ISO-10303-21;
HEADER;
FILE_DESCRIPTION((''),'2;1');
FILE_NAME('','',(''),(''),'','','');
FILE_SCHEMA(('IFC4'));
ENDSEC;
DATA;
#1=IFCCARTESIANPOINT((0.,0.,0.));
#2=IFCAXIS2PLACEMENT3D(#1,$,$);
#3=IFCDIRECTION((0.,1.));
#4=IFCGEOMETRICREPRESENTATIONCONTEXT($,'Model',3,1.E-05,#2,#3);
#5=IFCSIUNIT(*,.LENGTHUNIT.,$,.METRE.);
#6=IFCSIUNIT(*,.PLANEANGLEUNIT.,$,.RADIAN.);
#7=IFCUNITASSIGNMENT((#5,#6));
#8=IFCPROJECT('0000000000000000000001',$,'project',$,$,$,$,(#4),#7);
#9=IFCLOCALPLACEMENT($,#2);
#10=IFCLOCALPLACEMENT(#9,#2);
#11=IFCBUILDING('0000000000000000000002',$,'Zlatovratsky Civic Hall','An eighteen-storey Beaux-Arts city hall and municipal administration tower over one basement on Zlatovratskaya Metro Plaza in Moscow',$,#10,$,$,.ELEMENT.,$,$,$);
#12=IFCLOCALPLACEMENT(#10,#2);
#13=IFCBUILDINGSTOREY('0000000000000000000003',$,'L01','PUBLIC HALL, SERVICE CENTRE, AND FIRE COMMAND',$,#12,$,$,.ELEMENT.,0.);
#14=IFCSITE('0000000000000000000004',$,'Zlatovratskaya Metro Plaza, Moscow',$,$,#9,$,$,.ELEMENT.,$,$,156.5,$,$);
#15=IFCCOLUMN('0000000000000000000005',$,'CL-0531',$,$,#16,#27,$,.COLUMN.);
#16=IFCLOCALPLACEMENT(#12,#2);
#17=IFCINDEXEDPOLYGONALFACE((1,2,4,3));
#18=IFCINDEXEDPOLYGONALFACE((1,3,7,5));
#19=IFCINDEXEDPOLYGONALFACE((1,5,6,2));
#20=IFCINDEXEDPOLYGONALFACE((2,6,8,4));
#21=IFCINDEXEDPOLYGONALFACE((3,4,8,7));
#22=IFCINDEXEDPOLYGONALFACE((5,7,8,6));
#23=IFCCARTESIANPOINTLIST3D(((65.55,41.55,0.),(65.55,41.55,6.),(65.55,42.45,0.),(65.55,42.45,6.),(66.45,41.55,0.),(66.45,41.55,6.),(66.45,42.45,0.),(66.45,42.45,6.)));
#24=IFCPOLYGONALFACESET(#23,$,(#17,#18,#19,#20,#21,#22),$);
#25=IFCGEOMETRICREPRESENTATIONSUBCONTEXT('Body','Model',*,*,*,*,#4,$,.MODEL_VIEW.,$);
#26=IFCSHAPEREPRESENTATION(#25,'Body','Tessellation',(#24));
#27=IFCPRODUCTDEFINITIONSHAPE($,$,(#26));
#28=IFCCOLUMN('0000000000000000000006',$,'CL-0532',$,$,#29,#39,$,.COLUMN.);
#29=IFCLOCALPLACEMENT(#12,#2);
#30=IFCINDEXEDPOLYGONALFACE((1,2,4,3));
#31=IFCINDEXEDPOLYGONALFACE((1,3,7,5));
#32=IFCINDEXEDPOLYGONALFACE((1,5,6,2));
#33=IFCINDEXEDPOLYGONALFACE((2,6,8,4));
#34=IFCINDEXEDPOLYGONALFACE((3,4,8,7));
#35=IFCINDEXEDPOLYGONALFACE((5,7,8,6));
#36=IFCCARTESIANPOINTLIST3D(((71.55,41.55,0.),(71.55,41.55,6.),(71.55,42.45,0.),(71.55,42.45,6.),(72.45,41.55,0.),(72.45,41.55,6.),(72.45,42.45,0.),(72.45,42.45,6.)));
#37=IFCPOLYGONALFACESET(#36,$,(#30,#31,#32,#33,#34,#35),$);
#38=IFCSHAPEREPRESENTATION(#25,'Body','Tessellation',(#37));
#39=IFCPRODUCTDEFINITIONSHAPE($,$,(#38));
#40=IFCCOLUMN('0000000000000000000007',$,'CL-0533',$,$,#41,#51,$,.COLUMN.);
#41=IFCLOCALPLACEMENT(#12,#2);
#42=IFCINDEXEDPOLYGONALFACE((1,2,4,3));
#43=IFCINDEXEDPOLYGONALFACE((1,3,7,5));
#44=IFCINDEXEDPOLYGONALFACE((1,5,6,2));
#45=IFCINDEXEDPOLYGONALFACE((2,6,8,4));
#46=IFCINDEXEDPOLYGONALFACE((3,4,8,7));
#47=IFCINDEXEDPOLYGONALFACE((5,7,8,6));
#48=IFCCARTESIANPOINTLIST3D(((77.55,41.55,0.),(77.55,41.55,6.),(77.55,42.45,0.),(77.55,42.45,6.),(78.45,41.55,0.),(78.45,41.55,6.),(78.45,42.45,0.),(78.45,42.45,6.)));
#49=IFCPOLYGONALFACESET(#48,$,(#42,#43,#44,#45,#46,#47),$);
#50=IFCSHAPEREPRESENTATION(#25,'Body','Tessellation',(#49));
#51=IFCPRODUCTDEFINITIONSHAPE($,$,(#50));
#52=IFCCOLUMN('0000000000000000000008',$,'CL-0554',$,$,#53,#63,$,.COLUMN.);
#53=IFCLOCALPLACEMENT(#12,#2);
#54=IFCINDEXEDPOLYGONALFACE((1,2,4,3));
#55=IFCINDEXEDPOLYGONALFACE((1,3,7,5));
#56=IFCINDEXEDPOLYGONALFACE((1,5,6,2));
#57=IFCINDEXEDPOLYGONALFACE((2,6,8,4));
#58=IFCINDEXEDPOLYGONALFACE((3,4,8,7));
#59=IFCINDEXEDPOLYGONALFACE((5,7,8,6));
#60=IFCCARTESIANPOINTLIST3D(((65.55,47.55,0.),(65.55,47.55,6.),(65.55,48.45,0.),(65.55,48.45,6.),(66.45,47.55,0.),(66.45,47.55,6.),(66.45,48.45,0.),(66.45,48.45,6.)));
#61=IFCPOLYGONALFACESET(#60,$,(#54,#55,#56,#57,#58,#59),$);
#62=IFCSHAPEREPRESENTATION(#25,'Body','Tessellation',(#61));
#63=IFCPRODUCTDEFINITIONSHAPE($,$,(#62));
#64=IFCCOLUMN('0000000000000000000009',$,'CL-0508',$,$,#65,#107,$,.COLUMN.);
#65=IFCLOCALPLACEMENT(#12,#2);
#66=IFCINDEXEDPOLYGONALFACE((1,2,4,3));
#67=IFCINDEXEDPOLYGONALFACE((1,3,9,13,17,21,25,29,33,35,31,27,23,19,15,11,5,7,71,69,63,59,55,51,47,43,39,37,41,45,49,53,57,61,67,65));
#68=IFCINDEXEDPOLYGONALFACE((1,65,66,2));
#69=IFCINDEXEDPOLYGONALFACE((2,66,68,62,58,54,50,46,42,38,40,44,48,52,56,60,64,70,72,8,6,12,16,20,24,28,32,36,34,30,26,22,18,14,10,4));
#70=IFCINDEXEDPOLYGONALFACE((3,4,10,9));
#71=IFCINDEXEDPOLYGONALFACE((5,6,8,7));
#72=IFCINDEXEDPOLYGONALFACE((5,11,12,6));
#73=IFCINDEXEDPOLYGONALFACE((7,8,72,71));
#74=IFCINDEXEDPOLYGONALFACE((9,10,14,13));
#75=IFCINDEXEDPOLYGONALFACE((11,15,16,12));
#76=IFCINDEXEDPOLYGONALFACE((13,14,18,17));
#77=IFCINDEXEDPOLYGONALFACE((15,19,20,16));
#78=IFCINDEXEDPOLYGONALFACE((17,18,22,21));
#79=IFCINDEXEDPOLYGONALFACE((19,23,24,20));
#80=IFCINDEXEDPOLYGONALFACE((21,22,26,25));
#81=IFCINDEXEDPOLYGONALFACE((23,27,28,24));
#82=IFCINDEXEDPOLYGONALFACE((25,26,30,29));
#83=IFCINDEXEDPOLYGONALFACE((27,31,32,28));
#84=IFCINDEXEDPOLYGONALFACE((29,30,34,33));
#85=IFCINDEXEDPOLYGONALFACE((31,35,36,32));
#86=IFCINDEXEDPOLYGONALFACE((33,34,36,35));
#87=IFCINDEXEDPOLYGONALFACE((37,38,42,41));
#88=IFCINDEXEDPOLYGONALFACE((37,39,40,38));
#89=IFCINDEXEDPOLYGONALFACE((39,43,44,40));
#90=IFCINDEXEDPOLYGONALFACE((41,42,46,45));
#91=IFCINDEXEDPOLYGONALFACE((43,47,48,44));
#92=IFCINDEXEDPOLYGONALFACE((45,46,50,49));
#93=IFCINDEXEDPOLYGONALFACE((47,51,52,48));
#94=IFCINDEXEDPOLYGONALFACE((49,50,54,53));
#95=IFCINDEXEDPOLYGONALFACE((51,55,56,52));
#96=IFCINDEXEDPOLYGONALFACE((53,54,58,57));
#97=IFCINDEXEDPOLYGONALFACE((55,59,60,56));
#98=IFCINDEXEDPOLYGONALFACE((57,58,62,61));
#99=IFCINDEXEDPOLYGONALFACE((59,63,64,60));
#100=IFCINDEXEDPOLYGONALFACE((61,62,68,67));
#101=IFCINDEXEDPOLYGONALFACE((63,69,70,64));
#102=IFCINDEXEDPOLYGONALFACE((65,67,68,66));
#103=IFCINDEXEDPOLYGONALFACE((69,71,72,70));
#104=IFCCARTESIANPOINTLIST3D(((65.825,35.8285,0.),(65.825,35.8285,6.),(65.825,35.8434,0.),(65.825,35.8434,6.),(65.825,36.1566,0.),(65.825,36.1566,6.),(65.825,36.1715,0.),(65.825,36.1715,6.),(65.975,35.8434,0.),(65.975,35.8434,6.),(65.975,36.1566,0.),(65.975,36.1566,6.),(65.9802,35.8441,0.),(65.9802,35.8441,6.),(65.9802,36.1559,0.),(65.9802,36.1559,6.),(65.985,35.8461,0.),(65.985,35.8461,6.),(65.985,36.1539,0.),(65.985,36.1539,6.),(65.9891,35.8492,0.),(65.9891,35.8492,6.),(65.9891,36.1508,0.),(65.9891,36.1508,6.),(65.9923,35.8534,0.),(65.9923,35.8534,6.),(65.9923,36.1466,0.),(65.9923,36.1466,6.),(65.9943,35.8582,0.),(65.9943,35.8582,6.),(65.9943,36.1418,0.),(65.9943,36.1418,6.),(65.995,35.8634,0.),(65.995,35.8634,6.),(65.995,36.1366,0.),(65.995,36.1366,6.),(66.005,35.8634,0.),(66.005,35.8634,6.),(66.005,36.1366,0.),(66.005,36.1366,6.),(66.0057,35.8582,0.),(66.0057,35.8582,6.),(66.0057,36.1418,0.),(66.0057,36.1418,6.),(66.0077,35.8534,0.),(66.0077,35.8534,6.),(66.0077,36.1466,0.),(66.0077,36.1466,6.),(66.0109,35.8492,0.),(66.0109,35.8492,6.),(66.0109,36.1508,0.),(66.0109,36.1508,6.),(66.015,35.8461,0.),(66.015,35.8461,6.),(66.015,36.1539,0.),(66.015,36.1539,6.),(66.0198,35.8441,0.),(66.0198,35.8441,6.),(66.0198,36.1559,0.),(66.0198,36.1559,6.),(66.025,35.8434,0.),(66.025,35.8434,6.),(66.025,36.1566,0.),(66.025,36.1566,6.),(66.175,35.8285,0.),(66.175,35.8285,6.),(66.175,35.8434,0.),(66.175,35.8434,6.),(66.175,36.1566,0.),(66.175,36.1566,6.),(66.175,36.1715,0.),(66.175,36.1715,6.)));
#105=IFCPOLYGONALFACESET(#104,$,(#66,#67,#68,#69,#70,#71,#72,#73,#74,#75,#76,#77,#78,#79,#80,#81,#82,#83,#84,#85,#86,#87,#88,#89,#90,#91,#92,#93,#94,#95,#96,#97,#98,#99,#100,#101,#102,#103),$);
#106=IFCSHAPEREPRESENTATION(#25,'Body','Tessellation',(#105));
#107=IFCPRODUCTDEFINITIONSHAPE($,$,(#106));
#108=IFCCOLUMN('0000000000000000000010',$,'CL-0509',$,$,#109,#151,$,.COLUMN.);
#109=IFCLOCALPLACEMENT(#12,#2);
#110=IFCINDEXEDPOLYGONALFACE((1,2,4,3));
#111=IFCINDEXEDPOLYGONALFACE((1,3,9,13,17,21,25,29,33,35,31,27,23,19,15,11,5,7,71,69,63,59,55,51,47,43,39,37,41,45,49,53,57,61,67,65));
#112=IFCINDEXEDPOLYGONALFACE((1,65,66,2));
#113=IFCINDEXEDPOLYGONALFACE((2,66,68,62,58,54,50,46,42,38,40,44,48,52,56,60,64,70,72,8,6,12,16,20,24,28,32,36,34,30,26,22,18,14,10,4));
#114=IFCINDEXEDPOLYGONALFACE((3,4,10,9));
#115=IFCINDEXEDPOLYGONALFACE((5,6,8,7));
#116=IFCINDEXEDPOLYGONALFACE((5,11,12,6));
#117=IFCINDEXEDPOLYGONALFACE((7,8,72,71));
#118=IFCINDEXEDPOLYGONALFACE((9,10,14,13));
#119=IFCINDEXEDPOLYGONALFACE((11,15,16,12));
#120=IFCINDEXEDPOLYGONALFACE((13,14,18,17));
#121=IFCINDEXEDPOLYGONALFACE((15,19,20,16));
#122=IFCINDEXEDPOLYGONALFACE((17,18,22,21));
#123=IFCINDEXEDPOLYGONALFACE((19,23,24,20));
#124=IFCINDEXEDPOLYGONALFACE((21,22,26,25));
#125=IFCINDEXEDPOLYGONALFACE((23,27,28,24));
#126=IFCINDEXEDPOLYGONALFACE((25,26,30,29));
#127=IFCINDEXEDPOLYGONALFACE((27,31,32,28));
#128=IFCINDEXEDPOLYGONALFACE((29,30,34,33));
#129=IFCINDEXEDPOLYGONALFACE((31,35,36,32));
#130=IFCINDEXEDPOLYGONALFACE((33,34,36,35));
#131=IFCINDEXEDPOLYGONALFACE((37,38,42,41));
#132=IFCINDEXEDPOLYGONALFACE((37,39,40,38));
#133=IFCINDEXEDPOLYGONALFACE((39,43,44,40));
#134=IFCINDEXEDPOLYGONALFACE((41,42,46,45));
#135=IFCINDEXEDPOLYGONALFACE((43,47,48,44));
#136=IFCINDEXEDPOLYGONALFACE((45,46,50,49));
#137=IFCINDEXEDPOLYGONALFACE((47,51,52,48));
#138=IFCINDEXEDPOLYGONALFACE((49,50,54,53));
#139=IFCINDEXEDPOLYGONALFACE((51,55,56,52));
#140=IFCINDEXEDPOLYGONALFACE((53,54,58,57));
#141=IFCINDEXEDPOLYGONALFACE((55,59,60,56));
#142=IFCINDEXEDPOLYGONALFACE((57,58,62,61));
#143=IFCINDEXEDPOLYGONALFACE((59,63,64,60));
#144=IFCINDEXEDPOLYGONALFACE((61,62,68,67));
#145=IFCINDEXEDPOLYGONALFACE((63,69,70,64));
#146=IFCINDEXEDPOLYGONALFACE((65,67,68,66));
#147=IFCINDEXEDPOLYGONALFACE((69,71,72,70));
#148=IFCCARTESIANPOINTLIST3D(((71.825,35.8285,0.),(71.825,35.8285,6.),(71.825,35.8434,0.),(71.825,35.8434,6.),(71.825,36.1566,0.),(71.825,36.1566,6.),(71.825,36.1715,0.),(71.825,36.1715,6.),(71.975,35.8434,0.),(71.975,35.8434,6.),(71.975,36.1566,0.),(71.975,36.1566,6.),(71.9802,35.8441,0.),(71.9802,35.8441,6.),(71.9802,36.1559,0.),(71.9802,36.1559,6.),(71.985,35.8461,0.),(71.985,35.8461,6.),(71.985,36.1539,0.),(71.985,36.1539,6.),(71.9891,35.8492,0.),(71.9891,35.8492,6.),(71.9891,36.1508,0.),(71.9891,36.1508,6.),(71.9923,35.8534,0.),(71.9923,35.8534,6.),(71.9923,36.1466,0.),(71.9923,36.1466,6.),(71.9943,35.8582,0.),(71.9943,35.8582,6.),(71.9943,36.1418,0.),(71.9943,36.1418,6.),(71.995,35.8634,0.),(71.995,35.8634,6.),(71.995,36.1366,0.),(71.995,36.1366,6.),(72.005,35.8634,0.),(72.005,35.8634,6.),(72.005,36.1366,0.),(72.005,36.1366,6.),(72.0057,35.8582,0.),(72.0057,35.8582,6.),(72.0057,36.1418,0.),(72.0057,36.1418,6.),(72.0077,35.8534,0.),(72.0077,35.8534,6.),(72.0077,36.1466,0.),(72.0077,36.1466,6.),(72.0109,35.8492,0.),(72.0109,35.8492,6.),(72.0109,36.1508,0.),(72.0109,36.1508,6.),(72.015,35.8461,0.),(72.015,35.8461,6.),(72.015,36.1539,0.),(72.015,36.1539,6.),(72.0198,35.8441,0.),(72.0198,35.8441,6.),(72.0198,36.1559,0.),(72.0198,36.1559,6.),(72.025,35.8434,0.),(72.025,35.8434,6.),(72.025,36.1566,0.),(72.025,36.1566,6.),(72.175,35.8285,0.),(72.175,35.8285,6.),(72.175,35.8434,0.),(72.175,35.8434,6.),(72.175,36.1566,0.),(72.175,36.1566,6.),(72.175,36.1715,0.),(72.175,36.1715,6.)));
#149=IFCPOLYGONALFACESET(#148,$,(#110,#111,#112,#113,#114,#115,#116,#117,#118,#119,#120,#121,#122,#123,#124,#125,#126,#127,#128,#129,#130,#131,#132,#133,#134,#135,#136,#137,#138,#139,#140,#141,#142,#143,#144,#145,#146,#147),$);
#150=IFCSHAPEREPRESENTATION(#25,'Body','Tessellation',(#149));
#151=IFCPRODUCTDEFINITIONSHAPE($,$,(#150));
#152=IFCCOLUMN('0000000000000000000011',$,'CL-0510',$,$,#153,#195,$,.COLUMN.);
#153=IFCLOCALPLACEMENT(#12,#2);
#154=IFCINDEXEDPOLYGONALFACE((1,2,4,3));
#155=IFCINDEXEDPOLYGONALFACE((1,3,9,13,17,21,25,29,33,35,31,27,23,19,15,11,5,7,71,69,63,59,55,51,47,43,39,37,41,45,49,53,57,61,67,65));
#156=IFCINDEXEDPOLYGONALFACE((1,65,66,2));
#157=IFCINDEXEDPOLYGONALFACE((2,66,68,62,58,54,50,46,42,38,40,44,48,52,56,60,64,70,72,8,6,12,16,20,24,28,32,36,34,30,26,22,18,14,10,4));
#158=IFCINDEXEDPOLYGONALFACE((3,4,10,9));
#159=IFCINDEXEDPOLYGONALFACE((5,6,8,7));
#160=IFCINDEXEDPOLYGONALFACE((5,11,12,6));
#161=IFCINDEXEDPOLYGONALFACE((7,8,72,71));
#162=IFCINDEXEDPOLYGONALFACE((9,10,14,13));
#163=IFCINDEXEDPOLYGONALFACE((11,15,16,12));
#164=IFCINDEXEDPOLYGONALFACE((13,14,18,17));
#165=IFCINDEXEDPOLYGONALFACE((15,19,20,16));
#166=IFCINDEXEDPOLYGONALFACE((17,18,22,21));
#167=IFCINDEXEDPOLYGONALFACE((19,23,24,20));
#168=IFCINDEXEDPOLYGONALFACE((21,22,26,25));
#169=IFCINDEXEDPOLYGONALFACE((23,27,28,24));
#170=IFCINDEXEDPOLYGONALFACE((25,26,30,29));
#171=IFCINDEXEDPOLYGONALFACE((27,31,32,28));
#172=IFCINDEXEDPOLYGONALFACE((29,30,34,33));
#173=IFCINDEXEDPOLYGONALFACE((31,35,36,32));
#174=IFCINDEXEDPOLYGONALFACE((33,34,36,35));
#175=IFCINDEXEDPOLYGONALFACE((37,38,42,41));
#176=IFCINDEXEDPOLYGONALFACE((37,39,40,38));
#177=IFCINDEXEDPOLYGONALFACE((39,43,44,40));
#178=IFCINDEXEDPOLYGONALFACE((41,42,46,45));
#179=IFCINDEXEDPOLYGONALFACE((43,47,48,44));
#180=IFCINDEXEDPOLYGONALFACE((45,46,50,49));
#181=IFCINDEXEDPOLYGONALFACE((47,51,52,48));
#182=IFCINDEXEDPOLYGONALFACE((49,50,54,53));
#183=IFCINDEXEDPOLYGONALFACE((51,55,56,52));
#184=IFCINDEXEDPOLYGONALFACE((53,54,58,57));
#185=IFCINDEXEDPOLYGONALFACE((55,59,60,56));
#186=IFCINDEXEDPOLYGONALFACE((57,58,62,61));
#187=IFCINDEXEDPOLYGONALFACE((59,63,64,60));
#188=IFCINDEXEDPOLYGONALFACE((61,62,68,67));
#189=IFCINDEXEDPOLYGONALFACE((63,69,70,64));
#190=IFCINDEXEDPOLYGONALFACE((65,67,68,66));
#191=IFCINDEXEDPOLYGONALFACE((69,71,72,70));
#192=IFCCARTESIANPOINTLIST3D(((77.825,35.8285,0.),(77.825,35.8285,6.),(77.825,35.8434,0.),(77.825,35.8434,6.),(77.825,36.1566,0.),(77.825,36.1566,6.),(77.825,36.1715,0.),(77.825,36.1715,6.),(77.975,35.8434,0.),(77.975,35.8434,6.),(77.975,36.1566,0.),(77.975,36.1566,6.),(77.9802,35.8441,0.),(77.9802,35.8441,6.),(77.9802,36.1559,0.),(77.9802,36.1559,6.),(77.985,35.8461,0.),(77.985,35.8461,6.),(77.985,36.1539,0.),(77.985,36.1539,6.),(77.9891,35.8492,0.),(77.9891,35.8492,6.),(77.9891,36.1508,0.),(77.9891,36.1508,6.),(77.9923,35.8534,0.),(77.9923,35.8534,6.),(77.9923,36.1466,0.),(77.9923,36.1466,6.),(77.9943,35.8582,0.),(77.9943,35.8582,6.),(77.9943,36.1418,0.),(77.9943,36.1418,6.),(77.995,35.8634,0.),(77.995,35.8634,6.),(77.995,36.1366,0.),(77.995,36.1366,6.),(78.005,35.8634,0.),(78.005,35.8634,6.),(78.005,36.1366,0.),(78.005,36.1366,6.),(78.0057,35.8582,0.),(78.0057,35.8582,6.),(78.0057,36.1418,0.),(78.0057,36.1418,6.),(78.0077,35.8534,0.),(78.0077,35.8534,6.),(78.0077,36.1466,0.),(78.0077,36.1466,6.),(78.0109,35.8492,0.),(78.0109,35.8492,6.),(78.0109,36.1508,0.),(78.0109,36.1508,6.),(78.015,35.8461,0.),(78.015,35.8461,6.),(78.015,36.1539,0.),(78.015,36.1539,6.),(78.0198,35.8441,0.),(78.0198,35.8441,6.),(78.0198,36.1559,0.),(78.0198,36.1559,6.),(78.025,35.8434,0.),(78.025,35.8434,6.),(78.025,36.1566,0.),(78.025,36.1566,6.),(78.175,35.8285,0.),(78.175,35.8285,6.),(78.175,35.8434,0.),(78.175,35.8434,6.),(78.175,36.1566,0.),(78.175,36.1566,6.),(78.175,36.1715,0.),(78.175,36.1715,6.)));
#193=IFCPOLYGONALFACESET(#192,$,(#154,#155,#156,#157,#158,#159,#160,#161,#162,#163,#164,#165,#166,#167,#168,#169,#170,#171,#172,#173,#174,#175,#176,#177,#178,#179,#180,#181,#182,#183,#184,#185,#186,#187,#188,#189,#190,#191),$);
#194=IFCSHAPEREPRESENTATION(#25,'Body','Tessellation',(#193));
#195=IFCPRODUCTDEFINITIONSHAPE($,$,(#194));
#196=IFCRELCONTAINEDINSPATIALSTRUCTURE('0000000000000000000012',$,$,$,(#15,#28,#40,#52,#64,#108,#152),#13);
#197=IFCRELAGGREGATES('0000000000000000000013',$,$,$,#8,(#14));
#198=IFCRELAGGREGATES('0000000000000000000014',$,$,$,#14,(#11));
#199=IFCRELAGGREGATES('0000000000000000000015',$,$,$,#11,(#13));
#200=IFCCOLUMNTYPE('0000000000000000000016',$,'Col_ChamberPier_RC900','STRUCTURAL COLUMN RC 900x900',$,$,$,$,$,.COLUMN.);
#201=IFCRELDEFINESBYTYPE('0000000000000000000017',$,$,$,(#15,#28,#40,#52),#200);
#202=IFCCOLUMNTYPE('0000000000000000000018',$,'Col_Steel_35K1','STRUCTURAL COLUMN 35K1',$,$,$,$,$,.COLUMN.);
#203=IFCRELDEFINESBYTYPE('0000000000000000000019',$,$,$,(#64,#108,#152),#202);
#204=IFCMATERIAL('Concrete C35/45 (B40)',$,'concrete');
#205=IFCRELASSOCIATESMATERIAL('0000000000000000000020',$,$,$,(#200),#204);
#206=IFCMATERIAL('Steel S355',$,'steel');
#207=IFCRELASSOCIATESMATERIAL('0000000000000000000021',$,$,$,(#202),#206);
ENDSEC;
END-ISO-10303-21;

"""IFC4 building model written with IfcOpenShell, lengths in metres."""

from ifc_helpers import new_model, si_unit, direction, frame, origin, origin_2d, place, context, subcontext, project, spatial, rectangle, i_section, extrude, material, material_profile, profile_set, type_object, element, save


model = new_model("IFC4")

# Units and contexts
model_context = context("Model", 3, precision=1e-05, world=origin(), true_north=direction((0.0, 1.0)))
body_context = subcontext(model_context, "Body", "Model", "MODEL_VIEW")
ifc_project = project(units=[si_unit("LENGTHUNIT", "METRE"), si_unit("PLANEANGLEUNIT", "RADIAN")], contexts=[model_context])

# Site, building, storey
site_placement = place(None, origin())
site = spatial("IfcSite", under=ifc_project, at=site_placement, Name="Zlatovratskaya Metro Plaza, Moscow", CompositionType="ELEMENT", RefElevation=156.5)
building_placement = place(site_placement, origin())
building = spatial("IfcBuilding", under=site, at=building_placement, Name="Zlatovratsky Civic Hall", Description="An eighteen-storey Beaux-Arts city hall and municipal administration tower over one basement on Zlatovratskaya Metro Plaza in Moscow", CompositionType="ELEMENT")
storey_placement = place(building_placement, origin())
storey = spatial("IfcBuildingStorey", under=building, at=storey_placement, Name="L01", Description="PUBLIC HALL, SERVICE CENTRE, AND FIRE COMMAND", CompositionType="ELEMENT", Elevation=0.0)

# Columns
ifc_material_1 = material(Name="Concrete C35/45 (B40)", Category="concrete")
ifc_material_profile_1 = material_profile(ifc_material_1, rectangle(XDim=0.8999, YDim=0.8999, at=origin_2d()), Name="RC 900x900")
ifc_profile_set_1 = profile_set([ifc_material_profile_1], Name="Concrete C35/45 (B40)")
column_type_1 = type_object("IfcColumnType", Name="Col_ChamberPier_RC900", Description="STRUCTURAL COLUMN RC 900x900", PredefinedType="COLUMN", material=ifc_profile_set_1)
for number, where, z_axis, x_axis, name in (
    (1, (66.0, 42.0, 0.0), (0.0, 0.0, 1.0), (1.0, 0.0, 0.0), "CL-0531"),
    (2, (72.0, 42.0, 0.0), (0.0, 0.0, 1.0), (1.0, 0.0, 0.0), "CL-0532"),
    (3, (78.0, 42.0, 0.0), (0.0, 0.0, 1.0), (1.0, 0.0, 0.0), "CL-0533"),
    (4, (66.0, 48.0, 0.0), (0.0, 0.0, 1.0), (1.0, 0.0, 0.0), "CL-0554"),
):
    element("IfcColumn", number, at=place(storey_placement, frame(where, z_axis=z_axis, x_axis=x_axis)), inside=storey, type_object=column_type_1, Name=name, PredefinedType="COLUMN", context=body_context, shape_type="SweptSolid", body=[
        extrude(rectangle(XDim=0.8999, YDim=0.8999, at=origin_2d()), origin(), (0.0, 0.0, 1.0), 6.0),
    ])
ifc_material_2 = material(Name="Steel S355", Category="steel")
ifc_material_profile_2 = material_profile(ifc_material_2, i_section(OverallWidth=0.3501, OverallDepth=0.343, WebThickness=0.01, FlangeThickness=0.0149, FilletRadius=0.02, at=origin_2d()), Name="35K1")
ifc_profile_set_2 = profile_set([ifc_material_profile_2], Name="Steel S355")
column_type_2 = type_object("IfcColumnType", Name="Col_Steel_35K1", Description="STRUCTURAL COLUMN 35K1", PredefinedType="COLUMN", material=ifc_profile_set_2)
for number, where, z_axis, x_axis, name in (
    (5, (66.0, 36.0, 0.0), (0.0, 0.0, 1.0), (1.0, 0.0, 0.0), "CL-0508"),
    (6, (72.0, 36.0, 0.0), (0.0, 0.0, 1.0), (1.0, 0.0, 0.0), "CL-0509"),
    (7, (78.0, 36.0, 0.0), (0.0, 0.0, 1.0), (1.0, 0.0, 0.0), "CL-0510"),
):
    element("IfcColumn", number, at=place(storey_placement, frame(where, z_axis=z_axis, x_axis=x_axis)), inside=storey, type_object=column_type_2, Name=name, PredefinedType="COLUMN", context=body_context, shape_type="SweptSolid", body=[
        extrude(i_section(OverallWidth=0.3501, OverallDepth=0.343, WebThickness=0.01, FlangeThickness=0.0149, FilletRadius=0.02, at=origin_2d()), origin(), (0.0, 0.0, 1.0), 6.0),
    ])

save(model, "model.ifc")
